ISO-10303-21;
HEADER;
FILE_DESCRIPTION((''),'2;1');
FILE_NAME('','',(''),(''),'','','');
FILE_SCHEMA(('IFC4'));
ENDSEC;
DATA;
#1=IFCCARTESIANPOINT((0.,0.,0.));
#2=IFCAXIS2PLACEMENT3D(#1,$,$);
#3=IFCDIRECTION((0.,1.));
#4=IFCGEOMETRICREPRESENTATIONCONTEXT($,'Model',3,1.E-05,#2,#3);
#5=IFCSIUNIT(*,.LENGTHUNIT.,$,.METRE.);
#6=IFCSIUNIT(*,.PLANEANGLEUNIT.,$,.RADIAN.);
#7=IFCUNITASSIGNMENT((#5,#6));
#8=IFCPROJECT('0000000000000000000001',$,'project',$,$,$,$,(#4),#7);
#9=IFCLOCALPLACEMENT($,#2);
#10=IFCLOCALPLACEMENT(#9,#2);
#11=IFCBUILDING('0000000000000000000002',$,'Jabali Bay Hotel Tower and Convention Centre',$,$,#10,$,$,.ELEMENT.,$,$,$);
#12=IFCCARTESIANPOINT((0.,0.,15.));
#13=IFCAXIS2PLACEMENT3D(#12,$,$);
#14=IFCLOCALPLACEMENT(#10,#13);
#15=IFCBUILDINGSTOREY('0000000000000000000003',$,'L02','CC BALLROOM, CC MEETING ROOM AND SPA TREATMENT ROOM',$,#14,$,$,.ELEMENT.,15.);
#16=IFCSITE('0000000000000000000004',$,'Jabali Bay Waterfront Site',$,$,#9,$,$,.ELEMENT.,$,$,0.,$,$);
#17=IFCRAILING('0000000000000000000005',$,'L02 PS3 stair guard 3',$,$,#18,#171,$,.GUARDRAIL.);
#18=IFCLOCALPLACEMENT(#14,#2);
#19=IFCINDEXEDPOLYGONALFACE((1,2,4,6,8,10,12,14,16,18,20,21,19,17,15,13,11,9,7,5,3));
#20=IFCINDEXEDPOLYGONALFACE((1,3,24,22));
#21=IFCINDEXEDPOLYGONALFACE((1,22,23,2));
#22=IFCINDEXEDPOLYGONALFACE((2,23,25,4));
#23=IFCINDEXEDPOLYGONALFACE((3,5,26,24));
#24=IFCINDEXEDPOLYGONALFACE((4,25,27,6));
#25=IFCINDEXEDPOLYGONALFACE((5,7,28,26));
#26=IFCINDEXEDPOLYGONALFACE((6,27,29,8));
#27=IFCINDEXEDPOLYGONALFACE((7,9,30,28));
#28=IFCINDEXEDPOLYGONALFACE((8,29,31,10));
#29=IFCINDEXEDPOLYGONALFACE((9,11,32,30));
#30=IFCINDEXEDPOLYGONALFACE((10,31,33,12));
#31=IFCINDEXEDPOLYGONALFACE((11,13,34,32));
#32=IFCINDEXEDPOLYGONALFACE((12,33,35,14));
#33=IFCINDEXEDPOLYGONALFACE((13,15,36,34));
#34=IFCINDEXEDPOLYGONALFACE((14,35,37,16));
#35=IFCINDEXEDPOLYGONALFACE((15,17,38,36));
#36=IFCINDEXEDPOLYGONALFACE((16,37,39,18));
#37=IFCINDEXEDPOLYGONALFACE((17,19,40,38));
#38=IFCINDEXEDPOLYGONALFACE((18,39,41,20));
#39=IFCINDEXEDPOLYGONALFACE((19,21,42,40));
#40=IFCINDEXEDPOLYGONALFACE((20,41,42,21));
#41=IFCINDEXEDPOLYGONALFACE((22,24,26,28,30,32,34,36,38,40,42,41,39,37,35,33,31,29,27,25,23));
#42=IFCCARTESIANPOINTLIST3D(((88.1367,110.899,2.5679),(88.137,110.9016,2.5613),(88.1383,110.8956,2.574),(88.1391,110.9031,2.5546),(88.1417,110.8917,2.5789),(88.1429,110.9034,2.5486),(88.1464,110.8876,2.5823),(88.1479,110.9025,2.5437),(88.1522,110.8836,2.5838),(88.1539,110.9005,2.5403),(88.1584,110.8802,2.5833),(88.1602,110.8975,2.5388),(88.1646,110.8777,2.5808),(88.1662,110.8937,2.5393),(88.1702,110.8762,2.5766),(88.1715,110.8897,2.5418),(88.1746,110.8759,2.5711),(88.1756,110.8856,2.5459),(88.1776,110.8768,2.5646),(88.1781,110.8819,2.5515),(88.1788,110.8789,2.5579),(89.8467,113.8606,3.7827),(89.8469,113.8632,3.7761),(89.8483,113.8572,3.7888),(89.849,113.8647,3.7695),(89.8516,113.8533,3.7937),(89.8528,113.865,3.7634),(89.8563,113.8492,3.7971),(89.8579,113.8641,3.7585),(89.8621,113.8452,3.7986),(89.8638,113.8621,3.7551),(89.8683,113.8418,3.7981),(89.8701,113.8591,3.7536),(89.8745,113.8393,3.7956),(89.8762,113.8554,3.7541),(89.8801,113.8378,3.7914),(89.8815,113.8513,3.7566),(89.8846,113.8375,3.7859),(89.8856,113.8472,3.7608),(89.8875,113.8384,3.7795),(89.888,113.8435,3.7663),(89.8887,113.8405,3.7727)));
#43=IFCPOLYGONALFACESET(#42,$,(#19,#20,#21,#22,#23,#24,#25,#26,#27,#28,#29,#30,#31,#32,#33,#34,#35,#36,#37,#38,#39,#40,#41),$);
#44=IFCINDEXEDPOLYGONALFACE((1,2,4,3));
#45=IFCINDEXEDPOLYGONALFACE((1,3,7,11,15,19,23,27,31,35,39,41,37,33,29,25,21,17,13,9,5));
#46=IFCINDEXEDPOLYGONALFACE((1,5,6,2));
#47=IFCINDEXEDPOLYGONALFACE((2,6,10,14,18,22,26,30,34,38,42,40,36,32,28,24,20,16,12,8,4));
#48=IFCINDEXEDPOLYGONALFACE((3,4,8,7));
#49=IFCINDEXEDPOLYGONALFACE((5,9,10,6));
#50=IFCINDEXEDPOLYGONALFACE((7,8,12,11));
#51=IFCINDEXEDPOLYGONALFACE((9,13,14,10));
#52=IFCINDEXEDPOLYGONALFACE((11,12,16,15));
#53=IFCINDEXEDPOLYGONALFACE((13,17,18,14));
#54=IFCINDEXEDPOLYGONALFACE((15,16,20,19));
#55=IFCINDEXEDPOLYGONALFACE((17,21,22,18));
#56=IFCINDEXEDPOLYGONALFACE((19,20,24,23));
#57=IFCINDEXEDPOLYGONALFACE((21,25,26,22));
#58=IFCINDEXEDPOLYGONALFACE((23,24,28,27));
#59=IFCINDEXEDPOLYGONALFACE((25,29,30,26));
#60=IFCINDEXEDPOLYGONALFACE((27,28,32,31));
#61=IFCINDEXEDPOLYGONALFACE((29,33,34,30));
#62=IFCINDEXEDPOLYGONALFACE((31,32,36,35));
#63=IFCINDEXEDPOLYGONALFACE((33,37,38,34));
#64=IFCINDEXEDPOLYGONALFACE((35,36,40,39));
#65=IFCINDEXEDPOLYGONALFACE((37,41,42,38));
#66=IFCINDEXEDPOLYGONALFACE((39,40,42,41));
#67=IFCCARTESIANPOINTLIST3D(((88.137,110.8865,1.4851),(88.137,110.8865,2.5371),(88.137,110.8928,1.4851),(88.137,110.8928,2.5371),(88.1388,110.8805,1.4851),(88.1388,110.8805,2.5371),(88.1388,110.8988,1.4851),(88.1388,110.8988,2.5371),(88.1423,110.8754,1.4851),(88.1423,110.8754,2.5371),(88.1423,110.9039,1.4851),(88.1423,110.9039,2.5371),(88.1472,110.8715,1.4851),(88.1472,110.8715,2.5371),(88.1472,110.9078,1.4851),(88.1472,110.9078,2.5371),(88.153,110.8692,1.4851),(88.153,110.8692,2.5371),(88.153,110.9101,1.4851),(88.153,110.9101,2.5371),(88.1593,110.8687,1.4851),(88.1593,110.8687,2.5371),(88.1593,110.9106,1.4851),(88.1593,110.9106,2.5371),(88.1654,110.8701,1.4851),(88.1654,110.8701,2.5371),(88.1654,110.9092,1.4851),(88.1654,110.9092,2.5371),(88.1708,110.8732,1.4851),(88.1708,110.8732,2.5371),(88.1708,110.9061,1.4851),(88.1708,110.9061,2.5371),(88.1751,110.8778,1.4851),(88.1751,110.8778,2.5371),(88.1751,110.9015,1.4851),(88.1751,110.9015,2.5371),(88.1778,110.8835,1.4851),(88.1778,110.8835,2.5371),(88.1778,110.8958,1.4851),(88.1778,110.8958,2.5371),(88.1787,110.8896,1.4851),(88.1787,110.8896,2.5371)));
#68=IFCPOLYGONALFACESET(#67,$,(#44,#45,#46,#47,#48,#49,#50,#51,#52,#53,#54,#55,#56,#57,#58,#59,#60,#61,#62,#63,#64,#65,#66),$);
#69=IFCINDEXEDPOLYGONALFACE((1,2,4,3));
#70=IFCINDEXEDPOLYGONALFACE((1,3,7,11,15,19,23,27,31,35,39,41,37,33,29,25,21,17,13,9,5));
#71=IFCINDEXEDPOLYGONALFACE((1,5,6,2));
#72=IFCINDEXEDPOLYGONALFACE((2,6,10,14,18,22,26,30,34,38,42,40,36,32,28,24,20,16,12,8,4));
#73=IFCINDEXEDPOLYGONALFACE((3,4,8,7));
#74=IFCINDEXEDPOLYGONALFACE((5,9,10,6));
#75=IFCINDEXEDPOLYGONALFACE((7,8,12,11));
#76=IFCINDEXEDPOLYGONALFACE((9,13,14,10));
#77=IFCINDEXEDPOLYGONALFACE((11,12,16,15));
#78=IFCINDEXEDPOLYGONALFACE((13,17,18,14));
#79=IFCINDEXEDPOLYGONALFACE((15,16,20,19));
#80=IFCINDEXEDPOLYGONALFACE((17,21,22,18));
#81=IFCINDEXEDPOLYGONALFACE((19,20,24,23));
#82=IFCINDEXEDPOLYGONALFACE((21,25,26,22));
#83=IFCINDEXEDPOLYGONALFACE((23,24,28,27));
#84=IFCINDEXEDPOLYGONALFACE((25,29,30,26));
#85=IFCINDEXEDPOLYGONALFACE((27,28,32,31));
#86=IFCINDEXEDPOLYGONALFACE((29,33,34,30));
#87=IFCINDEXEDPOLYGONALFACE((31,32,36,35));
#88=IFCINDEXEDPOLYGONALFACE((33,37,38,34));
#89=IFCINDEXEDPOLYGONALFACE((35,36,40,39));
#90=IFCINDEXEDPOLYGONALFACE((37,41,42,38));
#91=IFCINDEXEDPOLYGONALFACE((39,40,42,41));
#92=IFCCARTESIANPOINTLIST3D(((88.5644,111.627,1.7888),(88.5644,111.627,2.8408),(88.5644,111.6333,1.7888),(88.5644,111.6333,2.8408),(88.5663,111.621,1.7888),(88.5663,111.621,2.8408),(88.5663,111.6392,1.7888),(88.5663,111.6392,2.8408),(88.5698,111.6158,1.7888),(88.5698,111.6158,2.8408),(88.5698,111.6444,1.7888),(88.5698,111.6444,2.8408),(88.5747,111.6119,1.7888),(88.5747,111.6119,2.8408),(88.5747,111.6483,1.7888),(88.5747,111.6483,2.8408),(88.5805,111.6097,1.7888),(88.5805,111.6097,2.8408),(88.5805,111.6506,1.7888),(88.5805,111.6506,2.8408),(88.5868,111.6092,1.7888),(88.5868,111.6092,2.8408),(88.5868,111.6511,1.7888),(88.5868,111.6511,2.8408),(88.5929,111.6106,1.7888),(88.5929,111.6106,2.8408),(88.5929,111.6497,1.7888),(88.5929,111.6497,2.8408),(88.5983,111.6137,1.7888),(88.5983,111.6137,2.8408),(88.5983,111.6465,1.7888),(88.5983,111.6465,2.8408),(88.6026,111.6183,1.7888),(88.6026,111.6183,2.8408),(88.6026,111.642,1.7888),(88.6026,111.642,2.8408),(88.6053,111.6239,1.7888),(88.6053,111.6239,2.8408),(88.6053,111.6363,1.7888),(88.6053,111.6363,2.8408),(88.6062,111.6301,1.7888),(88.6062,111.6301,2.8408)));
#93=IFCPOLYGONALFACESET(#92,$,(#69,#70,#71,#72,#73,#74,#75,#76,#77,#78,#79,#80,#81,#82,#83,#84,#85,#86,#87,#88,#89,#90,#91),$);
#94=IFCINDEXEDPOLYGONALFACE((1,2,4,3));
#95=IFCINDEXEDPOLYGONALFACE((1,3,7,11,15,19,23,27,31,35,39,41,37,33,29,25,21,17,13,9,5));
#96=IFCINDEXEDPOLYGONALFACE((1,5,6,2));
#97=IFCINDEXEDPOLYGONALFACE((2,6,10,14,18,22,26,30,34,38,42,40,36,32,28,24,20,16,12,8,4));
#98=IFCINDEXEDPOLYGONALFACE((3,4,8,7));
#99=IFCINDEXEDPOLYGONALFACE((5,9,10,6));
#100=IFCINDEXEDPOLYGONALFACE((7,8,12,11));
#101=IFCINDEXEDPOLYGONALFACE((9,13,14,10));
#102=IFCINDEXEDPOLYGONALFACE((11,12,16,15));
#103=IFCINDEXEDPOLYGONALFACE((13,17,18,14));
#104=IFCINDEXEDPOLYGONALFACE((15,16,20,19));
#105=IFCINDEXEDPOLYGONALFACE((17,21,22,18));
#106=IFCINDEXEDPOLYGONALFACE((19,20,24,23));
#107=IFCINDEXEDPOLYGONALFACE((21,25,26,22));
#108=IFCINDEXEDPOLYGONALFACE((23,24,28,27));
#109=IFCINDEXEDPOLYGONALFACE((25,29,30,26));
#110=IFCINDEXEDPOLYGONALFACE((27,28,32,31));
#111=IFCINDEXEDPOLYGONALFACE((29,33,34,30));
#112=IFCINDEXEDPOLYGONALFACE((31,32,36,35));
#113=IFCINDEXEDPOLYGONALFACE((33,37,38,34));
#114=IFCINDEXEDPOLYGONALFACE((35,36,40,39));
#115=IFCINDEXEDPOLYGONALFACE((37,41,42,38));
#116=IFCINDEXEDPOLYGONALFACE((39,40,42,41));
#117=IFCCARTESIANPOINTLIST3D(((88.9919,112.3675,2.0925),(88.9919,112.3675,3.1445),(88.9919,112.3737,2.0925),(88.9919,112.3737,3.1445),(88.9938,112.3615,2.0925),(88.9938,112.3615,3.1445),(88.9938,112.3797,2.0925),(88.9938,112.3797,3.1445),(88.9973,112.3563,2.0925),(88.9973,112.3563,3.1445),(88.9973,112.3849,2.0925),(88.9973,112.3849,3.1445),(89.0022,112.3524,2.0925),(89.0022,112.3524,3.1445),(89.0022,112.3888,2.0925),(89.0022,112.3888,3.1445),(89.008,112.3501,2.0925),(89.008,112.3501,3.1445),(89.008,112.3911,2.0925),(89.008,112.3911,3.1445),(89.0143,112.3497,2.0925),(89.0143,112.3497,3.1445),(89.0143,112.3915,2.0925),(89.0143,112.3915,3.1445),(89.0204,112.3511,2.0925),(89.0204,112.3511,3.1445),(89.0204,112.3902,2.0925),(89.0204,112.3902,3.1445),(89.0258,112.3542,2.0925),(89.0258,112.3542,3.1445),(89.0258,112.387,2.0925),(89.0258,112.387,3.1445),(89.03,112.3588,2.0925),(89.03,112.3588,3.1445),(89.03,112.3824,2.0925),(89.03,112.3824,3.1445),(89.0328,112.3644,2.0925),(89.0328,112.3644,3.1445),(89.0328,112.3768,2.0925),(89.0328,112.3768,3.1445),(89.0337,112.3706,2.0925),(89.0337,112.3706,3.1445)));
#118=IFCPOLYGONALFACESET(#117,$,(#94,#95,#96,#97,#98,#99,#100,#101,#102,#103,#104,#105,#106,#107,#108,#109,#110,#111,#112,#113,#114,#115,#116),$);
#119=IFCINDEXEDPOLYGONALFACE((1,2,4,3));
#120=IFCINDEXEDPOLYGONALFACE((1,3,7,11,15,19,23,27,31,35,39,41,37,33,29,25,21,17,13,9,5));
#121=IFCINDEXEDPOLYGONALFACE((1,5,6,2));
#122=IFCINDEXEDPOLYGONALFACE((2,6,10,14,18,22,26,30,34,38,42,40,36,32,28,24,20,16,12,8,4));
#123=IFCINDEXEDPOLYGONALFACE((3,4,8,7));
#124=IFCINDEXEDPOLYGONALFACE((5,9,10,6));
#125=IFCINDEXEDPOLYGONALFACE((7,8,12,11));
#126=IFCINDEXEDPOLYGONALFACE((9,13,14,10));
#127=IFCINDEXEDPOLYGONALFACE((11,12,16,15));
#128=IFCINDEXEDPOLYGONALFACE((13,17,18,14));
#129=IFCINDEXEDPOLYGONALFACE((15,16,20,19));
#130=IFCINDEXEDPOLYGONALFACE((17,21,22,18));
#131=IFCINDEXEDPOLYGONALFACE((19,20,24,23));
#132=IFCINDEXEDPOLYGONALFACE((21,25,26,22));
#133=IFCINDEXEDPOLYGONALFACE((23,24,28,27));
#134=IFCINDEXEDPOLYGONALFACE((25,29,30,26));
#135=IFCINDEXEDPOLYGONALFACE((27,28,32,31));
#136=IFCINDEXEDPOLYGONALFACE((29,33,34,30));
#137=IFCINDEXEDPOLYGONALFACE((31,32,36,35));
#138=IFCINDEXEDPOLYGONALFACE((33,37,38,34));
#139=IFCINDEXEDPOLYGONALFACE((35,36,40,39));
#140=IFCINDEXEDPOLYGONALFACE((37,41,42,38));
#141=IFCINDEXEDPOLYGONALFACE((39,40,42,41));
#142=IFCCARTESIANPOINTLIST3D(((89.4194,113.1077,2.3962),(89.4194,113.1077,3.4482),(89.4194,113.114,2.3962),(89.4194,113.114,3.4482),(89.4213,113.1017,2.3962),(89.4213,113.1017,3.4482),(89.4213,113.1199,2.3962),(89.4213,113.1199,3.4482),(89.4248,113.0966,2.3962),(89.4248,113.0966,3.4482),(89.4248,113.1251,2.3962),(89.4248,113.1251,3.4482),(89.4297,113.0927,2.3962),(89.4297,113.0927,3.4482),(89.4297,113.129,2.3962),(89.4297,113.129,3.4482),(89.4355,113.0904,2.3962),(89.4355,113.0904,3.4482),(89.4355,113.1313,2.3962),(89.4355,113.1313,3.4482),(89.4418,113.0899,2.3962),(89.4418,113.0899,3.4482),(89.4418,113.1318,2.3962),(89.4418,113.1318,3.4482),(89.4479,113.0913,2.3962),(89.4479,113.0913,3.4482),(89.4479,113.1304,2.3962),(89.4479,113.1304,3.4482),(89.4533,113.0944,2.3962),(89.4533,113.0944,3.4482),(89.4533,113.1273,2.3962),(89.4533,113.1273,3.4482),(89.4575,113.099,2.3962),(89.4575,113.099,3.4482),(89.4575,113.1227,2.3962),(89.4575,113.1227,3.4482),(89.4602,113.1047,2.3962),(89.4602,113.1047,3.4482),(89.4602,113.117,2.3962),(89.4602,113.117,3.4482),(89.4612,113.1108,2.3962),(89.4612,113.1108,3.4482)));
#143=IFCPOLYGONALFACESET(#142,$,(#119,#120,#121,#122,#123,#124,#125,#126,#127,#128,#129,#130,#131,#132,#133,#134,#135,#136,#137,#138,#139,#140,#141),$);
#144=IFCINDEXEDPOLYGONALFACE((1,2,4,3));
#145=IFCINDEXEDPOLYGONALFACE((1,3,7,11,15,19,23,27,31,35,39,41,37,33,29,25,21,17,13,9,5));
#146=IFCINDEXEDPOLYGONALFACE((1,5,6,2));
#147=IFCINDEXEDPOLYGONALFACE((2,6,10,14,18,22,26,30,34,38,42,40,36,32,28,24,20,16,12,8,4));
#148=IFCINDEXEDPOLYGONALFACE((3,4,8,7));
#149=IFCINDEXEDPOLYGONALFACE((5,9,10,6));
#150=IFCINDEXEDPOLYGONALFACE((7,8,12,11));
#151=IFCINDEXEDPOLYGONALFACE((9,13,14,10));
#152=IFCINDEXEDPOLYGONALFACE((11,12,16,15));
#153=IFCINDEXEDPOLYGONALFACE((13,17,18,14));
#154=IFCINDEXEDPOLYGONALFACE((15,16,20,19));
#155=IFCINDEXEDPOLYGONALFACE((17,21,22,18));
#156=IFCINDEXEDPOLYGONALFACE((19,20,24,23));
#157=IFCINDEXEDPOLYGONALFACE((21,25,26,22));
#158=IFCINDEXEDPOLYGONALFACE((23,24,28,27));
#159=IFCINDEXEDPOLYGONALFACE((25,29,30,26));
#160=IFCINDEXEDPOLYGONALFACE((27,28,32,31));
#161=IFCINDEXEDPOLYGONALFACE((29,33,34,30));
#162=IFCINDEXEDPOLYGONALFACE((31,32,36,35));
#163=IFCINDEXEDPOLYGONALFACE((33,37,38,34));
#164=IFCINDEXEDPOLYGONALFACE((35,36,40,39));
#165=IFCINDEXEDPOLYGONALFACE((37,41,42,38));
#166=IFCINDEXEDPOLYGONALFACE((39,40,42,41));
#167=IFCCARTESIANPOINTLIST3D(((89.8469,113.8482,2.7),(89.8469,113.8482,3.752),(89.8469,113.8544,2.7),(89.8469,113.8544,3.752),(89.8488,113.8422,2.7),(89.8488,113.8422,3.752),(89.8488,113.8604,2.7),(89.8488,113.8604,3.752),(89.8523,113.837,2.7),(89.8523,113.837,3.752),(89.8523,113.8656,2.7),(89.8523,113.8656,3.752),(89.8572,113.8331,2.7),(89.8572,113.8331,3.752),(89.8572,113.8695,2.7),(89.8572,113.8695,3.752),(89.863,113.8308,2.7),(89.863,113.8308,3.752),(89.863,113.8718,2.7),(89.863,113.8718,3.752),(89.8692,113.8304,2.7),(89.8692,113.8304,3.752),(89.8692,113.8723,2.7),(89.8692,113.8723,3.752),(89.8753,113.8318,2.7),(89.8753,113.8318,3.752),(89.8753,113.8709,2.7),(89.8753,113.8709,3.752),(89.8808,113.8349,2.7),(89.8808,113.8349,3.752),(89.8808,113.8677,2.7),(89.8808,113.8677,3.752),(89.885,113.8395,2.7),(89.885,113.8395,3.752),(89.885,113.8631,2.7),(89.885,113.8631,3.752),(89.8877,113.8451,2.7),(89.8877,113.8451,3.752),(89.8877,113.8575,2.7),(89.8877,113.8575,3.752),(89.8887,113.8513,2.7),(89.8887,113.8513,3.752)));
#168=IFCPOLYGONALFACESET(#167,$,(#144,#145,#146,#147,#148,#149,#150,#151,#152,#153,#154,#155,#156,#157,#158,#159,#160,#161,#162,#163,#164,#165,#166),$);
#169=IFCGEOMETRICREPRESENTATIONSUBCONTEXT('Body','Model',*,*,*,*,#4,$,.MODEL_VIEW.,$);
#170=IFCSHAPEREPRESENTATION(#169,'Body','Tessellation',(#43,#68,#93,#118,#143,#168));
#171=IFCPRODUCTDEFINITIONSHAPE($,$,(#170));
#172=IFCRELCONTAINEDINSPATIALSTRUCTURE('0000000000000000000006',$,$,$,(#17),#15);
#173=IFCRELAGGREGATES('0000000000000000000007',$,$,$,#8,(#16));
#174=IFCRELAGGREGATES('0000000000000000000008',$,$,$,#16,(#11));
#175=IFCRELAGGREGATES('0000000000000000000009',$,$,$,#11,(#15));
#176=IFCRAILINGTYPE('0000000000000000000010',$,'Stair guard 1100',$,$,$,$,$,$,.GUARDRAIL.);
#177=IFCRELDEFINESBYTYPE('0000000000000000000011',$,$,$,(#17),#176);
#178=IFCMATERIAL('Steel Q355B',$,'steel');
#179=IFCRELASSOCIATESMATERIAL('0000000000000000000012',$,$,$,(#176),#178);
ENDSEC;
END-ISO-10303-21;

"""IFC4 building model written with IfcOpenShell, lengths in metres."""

from ifc_helpers import new_model, si_unit, direction, frame, origin, origin_2d, place, context, subcontext, project, spatial, circle, extrude, material, type_object, element, save


model = new_model("IFC4")

# Units and contexts
model_context = context("Model", 3, precision=1e-05, world=origin(), true_north=direction((0.0, 1.0)))
body_context = subcontext(model_context, "Body", "Model", "MODEL_VIEW")
ifc_project = project(units=[si_unit("LENGTHUNIT", "METRE"), si_unit("PLANEANGLEUNIT", "RADIAN")], contexts=[model_context])

# Site, building, storey
site_placement = place(None, origin())
site = spatial("IfcSite", under=ifc_project, at=site_placement, Name="Jabali Bay Waterfront Site", CompositionType="ELEMENT", RefElevation=0.0)
building_placement = place(site_placement, origin())
building = spatial("IfcBuilding", under=site, at=building_placement, Name="Jabali Bay Hotel Tower and Convention Centre", CompositionType="ELEMENT")
storey_placement = place(building_placement, frame((0.0, 0.0, 15.0)))
storey = spatial("IfcBuildingStorey", under=building, at=storey_placement, Name="L02", Description="CC BALLROOM, CC MEETING ROOM AND SPA TREATMENT ROOM", CompositionType="ELEMENT", Elevation=15.0)

# Railing
ifc_material_1 = material(Name="Steel Q355B", Category="steel")
railing_type_1 = type_object("IfcRailingType", Name="Stair guard 1100", PredefinedType="GUARDRAIL", material=ifc_material_1)
railing_1_placement = place(storey_placement, frame((88.1577, 110.8896, 1.4851)))
element("IfcRailing", 1, at=railing_1_placement, inside=storey, type_object=railing_type_1, Name="L02 PS3 stair guard 3", PredefinedType="GUARDRAIL", context=body_context, shape_type="SweptSolid", body=[
    extrude(circle(Radius=0.0239, at=origin_2d()), frame((0.0, 0.0, 1.0762), z_axis=(0.471164, 0.81606, 0.334739), x_axis=(-0.86602, 0.500009, 0.0)), (0.0, 0.0, 1.0), 3.6292),
    extrude(circle(Radius=0.021, at=origin_2d()), origin(), (0.0, 0.0, 1.0), 1.052),
    extrude(circle(Radius=0.021, at=origin_2d()), frame((0.4275, 0.7405, 0.3037)), (0.0, 0.0, 1.0), 1.052),
    extrude(circle(Radius=0.021, at=origin_2d()), frame((0.855, 1.481, 0.6074)), (0.0, 0.0, 1.0), 1.052),
    extrude(circle(Radius=0.021, at=origin_2d()), frame((1.2825, 2.2212, 0.9111)), (0.0, 0.0, 1.0), 1.052),
    extrude(circle(Radius=0.021, at=origin_2d()), frame((1.71, 2.9617, 1.2148)), (0.0, 0.0, 1.0), 1.052),
])

save(model, "model.ifc")
